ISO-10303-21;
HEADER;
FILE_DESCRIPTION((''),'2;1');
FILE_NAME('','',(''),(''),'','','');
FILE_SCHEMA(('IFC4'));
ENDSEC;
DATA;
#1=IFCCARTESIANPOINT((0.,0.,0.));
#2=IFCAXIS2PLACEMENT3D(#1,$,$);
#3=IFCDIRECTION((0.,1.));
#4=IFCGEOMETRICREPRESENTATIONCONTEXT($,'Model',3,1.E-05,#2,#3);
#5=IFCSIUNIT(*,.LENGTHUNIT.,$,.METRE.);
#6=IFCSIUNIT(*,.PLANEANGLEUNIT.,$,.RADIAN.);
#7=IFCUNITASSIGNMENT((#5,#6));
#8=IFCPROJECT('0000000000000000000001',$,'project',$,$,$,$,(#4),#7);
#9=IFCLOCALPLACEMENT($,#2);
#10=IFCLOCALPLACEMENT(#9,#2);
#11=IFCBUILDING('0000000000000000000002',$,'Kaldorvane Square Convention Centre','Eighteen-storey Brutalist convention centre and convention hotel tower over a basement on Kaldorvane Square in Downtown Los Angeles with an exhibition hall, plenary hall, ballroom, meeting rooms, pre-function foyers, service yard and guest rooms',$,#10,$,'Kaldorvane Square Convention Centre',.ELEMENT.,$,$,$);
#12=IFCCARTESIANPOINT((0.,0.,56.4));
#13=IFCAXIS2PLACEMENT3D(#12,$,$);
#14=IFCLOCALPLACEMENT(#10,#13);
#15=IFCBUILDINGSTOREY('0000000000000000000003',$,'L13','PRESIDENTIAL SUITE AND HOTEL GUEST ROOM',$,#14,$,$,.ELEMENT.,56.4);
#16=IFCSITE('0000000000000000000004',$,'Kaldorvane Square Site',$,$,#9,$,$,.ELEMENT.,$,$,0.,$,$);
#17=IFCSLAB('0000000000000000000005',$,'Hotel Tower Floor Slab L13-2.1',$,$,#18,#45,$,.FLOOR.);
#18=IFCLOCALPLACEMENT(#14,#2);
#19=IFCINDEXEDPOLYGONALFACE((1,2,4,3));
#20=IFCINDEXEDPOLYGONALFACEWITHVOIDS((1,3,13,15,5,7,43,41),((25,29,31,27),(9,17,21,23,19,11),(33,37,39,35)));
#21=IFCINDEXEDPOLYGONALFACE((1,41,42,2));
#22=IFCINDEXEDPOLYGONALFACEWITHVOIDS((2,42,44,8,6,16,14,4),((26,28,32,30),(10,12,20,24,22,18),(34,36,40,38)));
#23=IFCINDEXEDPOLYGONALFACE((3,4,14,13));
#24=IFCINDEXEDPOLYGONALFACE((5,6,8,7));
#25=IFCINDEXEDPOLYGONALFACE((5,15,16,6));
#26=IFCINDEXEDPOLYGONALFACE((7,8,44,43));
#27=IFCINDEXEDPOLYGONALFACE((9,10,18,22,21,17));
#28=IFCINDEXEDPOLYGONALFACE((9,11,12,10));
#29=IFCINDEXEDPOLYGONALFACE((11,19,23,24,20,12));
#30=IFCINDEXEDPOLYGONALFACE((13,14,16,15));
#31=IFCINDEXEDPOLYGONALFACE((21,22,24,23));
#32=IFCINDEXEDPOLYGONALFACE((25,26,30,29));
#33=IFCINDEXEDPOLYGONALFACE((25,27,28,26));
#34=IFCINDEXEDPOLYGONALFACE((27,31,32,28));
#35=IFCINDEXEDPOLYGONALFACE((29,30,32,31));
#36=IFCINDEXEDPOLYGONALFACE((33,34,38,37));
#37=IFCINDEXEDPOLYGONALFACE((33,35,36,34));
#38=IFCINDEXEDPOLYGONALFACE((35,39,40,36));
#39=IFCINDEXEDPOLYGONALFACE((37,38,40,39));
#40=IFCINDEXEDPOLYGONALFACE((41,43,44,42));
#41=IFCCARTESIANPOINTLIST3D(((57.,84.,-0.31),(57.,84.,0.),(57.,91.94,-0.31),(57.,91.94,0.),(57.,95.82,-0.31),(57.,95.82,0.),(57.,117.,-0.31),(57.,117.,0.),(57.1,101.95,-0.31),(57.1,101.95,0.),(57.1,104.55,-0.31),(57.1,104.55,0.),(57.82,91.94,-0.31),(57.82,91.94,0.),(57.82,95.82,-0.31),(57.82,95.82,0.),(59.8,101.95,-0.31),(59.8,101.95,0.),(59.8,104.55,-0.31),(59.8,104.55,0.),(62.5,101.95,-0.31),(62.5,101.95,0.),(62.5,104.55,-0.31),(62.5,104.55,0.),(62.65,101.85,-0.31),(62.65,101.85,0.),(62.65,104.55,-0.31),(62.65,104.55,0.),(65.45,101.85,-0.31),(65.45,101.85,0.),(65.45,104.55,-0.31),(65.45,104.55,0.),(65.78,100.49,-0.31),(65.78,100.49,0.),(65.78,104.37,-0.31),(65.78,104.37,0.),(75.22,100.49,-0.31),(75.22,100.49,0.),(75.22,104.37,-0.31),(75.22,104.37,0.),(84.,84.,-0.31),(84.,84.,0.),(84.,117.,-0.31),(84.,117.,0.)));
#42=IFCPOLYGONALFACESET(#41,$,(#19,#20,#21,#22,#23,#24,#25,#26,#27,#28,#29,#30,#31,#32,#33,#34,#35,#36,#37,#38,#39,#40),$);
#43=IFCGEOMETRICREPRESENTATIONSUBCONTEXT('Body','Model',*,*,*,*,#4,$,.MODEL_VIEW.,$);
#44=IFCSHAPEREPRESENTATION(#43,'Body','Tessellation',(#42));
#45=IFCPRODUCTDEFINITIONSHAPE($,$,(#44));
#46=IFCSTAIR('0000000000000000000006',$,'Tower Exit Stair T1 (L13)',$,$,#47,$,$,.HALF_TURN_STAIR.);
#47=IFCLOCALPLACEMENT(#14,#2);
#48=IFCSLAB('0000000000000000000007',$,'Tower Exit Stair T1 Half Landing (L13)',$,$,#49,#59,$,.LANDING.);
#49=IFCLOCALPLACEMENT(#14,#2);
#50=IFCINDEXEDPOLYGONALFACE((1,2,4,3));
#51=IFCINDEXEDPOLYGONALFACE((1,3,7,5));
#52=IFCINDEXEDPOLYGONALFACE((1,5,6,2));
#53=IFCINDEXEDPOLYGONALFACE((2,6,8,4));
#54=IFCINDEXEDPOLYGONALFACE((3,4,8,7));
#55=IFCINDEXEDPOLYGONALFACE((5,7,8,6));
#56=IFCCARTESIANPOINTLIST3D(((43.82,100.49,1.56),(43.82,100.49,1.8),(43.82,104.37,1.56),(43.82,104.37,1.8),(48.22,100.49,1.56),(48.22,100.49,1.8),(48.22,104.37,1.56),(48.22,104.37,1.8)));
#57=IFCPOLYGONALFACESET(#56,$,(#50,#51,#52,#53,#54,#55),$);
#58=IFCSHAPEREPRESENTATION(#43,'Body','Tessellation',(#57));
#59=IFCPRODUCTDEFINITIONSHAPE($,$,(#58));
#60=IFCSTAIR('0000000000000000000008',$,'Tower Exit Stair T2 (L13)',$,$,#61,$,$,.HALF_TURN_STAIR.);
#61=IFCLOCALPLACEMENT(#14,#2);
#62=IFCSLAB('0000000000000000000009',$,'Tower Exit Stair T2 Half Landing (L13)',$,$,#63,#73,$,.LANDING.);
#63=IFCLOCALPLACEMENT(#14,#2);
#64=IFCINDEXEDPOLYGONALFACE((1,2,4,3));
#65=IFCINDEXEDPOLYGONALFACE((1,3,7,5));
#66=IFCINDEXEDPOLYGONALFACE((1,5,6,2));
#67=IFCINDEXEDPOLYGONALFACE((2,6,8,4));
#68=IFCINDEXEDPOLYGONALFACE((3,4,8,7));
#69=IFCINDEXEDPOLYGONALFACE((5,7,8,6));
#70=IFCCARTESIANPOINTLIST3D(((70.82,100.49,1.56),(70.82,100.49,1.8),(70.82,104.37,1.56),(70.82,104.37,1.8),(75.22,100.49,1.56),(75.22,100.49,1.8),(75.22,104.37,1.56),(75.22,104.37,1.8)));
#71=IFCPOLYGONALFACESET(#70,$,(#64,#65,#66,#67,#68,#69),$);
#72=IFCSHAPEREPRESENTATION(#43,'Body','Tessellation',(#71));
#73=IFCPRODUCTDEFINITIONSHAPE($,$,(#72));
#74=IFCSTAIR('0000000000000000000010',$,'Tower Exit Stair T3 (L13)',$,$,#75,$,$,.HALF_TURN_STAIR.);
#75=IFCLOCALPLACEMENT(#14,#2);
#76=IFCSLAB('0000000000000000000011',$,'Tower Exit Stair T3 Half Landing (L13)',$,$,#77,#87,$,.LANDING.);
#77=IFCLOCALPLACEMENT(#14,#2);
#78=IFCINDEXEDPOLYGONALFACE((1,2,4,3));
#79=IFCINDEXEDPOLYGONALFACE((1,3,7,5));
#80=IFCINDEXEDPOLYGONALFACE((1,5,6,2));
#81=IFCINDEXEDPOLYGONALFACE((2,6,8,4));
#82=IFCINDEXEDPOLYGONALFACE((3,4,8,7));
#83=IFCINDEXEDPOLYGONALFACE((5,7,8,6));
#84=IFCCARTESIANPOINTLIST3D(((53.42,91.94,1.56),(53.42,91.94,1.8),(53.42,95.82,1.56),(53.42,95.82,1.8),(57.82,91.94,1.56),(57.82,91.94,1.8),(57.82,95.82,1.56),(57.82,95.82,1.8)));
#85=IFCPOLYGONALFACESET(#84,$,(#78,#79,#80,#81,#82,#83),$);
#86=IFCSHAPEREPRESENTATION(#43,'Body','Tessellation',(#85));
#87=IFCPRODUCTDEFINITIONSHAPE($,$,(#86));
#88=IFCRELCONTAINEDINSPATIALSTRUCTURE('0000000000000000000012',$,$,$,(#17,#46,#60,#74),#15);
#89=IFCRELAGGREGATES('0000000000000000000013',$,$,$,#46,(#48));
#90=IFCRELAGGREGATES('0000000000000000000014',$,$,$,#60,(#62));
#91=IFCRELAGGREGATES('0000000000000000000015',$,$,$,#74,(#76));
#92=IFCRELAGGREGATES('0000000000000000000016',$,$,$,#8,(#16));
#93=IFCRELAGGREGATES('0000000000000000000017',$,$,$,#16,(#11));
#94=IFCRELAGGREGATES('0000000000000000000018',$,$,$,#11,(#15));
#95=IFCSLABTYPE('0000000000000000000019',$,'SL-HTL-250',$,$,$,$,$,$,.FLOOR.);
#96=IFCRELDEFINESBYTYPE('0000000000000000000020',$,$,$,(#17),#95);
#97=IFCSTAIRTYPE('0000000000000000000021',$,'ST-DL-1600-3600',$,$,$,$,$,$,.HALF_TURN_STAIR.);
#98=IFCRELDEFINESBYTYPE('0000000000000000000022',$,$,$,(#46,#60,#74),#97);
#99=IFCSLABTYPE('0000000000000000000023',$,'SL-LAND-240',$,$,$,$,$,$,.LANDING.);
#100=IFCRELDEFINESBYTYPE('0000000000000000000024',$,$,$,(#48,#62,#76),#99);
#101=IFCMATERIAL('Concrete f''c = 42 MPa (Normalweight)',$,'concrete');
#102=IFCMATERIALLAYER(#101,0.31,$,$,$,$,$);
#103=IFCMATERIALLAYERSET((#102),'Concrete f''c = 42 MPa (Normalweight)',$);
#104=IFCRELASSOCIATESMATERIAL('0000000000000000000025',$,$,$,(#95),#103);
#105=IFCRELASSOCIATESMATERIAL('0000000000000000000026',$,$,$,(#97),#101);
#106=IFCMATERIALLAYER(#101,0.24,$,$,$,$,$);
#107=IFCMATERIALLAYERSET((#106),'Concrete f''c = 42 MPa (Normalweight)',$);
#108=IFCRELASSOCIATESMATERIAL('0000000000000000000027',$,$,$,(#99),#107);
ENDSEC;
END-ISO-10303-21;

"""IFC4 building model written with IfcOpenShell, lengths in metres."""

from ifc_helpers import new_model, si_unit, direction, frame, origin, place, context, subcontext, project, spatial, polyline, outline, extrude, material, layer, layer_set, type_object, element, aggregate, save


model = new_model("IFC4")

# Units and contexts
model_context = context("Model", 3, precision=1e-05, world=origin(), true_north=direction((0.0, 1.0)))
body_context = subcontext(model_context, "Body", "Model", "MODEL_VIEW")
ifc_project = project(units=[si_unit("LENGTHUNIT", "METRE"), si_unit("PLANEANGLEUNIT", "RADIAN")], contexts=[model_context])

# Site, building, storey
site_placement = place(None, origin())
site = spatial("IfcSite", under=ifc_project, at=site_placement, Name="Kaldorvane Square Site", CompositionType="ELEMENT", RefElevation=0.0)
building_placement = place(site_placement, origin())
building = spatial("IfcBuilding", under=site, at=building_placement, Name="Kaldorvane Square Convention Centre", Description="Eighteen-storey Brutalist convention centre and convention hotel tower over a basement on Kaldorvane Square in Downtown Los Angeles with an exhibition hall, plenary hall, ballroom, meeting rooms, pre-function foyers, service yard and guest rooms", LongName="Kaldorvane Square Convention Centre", CompositionType="ELEMENT")
storey_placement = place(building_placement, frame((0.0, 0.0, 56.4)))
storey = spatial("IfcBuildingStorey", under=building, at=storey_placement, Name="L13", Description="PRESIDENTIAL SUITE AND HOTEL GUEST ROOM", CompositionType="ELEMENT", Elevation=56.4)

# Shared definitions
ifc_material = material(Name="Concrete f'c = 42 MPa (Normalweight)", Category="concrete")

# Slab
ifc_layer_1 = layer(ifc_material, 0.31)
ifc_layer_set_1 = layer_set([ifc_layer_1], Name="Concrete f'c = 42 MPa (Normalweight)")
slab_type_1 = type_object("IfcSlabType", Name="SL-HTL-250", PredefinedType="FLOOR", material=ifc_layer_set_1)
slab_1_placement = place(storey_placement, frame((0.0, 0.0, -0.31)))
element("IfcSlab", 1, at=slab_1_placement, inside=storey, type_object=slab_type_1, Name="Hotel Tower Floor Slab L13-2.1", PredefinedType="FLOOR", context=body_context, shape_type="SweptSolid", body=[
    extrude(outline(polyline([(84.0, 117.0), (84.0, 84.0), (57.0, 84.0), (57.0, 91.94), (57.82, 91.94), (57.82, 95.82), (57.0, 95.82), (57.0, 117.0), (84.0, 117.0)]), holes=[polyline([(65.78, 104.37), (65.78, 100.49), (75.22, 100.49), (75.22, 104.37), (65.78, 104.37)]), polyline([(62.65, 104.55), (62.65, 101.85), (65.45, 101.85), (65.45, 104.55), (62.65, 104.55)]), polyline([(57.1, 104.55), (57.1, 101.95), (59.8, 101.95), (62.5, 101.95), (62.5, 104.55), (59.8, 104.55), (57.1, 104.55)])]), origin(), (0.0, 0.0, 1.0), 0.31),
])

# Stairs, slabs
stair_type = type_object("IfcStairType", Name="ST-DL-1600-3600", PredefinedType="HALF_TURN_STAIR", material=ifc_material)
stair_1_placement = place(storey_placement, origin())
stair_1 = element("IfcStair", 2, at=stair_1_placement, inside=storey, type_object=stair_type, Name="Tower Exit Stair T1 (L13)", PredefinedType="HALF_TURN_STAIR")
ifc_layer_2 = layer(ifc_material, 0.24)
ifc_layer_set_2 = layer_set([ifc_layer_2], Name="Concrete f'c = 42 MPa (Normalweight)")
slab_type_2 = type_object("IfcSlabType", Name="SL-LAND-240", PredefinedType="LANDING", material=ifc_layer_set_2)
slab_2_placement = place(storey_placement, frame((0.0, 0.0, 1.56)))
slab_2 = element("IfcSlab", 3, at=slab_2_placement, type_object=slab_type_2, Name="Tower Exit Stair T1 Half Landing (L13)", PredefinedType="LANDING", context=body_context, shape_type="SweptSolid", body=[
    extrude(outline(polyline([(43.82, 100.49), (48.22, 100.49), (48.22, 104.37), (43.82, 104.37), (43.82, 100.49)])), origin(), (0.0, 0.0, 1.0), 0.24),
])
aggregate(stair_1, [slab_2])
stair_2_placement = place(storey_placement, origin())
stair_2 = element("IfcStair", 4, at=stair_2_placement, inside=storey, type_object=stair_type, Name="Tower Exit Stair T2 (L13)", PredefinedType="HALF_TURN_STAIR")
slab_3_placement = place(storey_placement, frame((0.0, 0.0, 1.56)))
slab_3 = element("IfcSlab", 5, at=slab_3_placement, type_object=slab_type_2, Name="Tower Exit Stair T2 Half Landing (L13)", PredefinedType="LANDING", context=body_context, shape_type="SweptSolid", body=[
    extrude(outline(polyline([(70.82, 100.49), (75.22, 100.49), (75.22, 104.37), (70.82, 104.37), (70.82, 100.49)])), origin(), (0.0, 0.0, 1.0), 0.24),
])
aggregate(stair_2, [slab_3])
stair_3_placement = place(storey_placement, origin())
stair_3 = element("IfcStair", 6, at=stair_3_placement, inside=storey, type_object=stair_type, Name="Tower Exit Stair T3 (L13)", PredefinedType="HALF_TURN_STAIR")
slab_4_placement = place(storey_placement, frame((0.0, 0.0, 1.56)))
slab_4 = element("IfcSlab", 7, at=slab_4_placement, type_object=slab_type_2, Name="Tower Exit Stair T3 Half Landing (L13)", PredefinedType="LANDING", context=body_context, shape_type="SweptSolid", body=[
    extrude(outline(polyline([(53.42, 91.94), (57.82, 91.94), (57.82, 95.82), (53.42, 95.82), (53.42, 91.94)])), origin(), (0.0, 0.0, 1.0), 0.24),
])
aggregate(stair_3, [slab_4])

save(model, "model.ifc")
